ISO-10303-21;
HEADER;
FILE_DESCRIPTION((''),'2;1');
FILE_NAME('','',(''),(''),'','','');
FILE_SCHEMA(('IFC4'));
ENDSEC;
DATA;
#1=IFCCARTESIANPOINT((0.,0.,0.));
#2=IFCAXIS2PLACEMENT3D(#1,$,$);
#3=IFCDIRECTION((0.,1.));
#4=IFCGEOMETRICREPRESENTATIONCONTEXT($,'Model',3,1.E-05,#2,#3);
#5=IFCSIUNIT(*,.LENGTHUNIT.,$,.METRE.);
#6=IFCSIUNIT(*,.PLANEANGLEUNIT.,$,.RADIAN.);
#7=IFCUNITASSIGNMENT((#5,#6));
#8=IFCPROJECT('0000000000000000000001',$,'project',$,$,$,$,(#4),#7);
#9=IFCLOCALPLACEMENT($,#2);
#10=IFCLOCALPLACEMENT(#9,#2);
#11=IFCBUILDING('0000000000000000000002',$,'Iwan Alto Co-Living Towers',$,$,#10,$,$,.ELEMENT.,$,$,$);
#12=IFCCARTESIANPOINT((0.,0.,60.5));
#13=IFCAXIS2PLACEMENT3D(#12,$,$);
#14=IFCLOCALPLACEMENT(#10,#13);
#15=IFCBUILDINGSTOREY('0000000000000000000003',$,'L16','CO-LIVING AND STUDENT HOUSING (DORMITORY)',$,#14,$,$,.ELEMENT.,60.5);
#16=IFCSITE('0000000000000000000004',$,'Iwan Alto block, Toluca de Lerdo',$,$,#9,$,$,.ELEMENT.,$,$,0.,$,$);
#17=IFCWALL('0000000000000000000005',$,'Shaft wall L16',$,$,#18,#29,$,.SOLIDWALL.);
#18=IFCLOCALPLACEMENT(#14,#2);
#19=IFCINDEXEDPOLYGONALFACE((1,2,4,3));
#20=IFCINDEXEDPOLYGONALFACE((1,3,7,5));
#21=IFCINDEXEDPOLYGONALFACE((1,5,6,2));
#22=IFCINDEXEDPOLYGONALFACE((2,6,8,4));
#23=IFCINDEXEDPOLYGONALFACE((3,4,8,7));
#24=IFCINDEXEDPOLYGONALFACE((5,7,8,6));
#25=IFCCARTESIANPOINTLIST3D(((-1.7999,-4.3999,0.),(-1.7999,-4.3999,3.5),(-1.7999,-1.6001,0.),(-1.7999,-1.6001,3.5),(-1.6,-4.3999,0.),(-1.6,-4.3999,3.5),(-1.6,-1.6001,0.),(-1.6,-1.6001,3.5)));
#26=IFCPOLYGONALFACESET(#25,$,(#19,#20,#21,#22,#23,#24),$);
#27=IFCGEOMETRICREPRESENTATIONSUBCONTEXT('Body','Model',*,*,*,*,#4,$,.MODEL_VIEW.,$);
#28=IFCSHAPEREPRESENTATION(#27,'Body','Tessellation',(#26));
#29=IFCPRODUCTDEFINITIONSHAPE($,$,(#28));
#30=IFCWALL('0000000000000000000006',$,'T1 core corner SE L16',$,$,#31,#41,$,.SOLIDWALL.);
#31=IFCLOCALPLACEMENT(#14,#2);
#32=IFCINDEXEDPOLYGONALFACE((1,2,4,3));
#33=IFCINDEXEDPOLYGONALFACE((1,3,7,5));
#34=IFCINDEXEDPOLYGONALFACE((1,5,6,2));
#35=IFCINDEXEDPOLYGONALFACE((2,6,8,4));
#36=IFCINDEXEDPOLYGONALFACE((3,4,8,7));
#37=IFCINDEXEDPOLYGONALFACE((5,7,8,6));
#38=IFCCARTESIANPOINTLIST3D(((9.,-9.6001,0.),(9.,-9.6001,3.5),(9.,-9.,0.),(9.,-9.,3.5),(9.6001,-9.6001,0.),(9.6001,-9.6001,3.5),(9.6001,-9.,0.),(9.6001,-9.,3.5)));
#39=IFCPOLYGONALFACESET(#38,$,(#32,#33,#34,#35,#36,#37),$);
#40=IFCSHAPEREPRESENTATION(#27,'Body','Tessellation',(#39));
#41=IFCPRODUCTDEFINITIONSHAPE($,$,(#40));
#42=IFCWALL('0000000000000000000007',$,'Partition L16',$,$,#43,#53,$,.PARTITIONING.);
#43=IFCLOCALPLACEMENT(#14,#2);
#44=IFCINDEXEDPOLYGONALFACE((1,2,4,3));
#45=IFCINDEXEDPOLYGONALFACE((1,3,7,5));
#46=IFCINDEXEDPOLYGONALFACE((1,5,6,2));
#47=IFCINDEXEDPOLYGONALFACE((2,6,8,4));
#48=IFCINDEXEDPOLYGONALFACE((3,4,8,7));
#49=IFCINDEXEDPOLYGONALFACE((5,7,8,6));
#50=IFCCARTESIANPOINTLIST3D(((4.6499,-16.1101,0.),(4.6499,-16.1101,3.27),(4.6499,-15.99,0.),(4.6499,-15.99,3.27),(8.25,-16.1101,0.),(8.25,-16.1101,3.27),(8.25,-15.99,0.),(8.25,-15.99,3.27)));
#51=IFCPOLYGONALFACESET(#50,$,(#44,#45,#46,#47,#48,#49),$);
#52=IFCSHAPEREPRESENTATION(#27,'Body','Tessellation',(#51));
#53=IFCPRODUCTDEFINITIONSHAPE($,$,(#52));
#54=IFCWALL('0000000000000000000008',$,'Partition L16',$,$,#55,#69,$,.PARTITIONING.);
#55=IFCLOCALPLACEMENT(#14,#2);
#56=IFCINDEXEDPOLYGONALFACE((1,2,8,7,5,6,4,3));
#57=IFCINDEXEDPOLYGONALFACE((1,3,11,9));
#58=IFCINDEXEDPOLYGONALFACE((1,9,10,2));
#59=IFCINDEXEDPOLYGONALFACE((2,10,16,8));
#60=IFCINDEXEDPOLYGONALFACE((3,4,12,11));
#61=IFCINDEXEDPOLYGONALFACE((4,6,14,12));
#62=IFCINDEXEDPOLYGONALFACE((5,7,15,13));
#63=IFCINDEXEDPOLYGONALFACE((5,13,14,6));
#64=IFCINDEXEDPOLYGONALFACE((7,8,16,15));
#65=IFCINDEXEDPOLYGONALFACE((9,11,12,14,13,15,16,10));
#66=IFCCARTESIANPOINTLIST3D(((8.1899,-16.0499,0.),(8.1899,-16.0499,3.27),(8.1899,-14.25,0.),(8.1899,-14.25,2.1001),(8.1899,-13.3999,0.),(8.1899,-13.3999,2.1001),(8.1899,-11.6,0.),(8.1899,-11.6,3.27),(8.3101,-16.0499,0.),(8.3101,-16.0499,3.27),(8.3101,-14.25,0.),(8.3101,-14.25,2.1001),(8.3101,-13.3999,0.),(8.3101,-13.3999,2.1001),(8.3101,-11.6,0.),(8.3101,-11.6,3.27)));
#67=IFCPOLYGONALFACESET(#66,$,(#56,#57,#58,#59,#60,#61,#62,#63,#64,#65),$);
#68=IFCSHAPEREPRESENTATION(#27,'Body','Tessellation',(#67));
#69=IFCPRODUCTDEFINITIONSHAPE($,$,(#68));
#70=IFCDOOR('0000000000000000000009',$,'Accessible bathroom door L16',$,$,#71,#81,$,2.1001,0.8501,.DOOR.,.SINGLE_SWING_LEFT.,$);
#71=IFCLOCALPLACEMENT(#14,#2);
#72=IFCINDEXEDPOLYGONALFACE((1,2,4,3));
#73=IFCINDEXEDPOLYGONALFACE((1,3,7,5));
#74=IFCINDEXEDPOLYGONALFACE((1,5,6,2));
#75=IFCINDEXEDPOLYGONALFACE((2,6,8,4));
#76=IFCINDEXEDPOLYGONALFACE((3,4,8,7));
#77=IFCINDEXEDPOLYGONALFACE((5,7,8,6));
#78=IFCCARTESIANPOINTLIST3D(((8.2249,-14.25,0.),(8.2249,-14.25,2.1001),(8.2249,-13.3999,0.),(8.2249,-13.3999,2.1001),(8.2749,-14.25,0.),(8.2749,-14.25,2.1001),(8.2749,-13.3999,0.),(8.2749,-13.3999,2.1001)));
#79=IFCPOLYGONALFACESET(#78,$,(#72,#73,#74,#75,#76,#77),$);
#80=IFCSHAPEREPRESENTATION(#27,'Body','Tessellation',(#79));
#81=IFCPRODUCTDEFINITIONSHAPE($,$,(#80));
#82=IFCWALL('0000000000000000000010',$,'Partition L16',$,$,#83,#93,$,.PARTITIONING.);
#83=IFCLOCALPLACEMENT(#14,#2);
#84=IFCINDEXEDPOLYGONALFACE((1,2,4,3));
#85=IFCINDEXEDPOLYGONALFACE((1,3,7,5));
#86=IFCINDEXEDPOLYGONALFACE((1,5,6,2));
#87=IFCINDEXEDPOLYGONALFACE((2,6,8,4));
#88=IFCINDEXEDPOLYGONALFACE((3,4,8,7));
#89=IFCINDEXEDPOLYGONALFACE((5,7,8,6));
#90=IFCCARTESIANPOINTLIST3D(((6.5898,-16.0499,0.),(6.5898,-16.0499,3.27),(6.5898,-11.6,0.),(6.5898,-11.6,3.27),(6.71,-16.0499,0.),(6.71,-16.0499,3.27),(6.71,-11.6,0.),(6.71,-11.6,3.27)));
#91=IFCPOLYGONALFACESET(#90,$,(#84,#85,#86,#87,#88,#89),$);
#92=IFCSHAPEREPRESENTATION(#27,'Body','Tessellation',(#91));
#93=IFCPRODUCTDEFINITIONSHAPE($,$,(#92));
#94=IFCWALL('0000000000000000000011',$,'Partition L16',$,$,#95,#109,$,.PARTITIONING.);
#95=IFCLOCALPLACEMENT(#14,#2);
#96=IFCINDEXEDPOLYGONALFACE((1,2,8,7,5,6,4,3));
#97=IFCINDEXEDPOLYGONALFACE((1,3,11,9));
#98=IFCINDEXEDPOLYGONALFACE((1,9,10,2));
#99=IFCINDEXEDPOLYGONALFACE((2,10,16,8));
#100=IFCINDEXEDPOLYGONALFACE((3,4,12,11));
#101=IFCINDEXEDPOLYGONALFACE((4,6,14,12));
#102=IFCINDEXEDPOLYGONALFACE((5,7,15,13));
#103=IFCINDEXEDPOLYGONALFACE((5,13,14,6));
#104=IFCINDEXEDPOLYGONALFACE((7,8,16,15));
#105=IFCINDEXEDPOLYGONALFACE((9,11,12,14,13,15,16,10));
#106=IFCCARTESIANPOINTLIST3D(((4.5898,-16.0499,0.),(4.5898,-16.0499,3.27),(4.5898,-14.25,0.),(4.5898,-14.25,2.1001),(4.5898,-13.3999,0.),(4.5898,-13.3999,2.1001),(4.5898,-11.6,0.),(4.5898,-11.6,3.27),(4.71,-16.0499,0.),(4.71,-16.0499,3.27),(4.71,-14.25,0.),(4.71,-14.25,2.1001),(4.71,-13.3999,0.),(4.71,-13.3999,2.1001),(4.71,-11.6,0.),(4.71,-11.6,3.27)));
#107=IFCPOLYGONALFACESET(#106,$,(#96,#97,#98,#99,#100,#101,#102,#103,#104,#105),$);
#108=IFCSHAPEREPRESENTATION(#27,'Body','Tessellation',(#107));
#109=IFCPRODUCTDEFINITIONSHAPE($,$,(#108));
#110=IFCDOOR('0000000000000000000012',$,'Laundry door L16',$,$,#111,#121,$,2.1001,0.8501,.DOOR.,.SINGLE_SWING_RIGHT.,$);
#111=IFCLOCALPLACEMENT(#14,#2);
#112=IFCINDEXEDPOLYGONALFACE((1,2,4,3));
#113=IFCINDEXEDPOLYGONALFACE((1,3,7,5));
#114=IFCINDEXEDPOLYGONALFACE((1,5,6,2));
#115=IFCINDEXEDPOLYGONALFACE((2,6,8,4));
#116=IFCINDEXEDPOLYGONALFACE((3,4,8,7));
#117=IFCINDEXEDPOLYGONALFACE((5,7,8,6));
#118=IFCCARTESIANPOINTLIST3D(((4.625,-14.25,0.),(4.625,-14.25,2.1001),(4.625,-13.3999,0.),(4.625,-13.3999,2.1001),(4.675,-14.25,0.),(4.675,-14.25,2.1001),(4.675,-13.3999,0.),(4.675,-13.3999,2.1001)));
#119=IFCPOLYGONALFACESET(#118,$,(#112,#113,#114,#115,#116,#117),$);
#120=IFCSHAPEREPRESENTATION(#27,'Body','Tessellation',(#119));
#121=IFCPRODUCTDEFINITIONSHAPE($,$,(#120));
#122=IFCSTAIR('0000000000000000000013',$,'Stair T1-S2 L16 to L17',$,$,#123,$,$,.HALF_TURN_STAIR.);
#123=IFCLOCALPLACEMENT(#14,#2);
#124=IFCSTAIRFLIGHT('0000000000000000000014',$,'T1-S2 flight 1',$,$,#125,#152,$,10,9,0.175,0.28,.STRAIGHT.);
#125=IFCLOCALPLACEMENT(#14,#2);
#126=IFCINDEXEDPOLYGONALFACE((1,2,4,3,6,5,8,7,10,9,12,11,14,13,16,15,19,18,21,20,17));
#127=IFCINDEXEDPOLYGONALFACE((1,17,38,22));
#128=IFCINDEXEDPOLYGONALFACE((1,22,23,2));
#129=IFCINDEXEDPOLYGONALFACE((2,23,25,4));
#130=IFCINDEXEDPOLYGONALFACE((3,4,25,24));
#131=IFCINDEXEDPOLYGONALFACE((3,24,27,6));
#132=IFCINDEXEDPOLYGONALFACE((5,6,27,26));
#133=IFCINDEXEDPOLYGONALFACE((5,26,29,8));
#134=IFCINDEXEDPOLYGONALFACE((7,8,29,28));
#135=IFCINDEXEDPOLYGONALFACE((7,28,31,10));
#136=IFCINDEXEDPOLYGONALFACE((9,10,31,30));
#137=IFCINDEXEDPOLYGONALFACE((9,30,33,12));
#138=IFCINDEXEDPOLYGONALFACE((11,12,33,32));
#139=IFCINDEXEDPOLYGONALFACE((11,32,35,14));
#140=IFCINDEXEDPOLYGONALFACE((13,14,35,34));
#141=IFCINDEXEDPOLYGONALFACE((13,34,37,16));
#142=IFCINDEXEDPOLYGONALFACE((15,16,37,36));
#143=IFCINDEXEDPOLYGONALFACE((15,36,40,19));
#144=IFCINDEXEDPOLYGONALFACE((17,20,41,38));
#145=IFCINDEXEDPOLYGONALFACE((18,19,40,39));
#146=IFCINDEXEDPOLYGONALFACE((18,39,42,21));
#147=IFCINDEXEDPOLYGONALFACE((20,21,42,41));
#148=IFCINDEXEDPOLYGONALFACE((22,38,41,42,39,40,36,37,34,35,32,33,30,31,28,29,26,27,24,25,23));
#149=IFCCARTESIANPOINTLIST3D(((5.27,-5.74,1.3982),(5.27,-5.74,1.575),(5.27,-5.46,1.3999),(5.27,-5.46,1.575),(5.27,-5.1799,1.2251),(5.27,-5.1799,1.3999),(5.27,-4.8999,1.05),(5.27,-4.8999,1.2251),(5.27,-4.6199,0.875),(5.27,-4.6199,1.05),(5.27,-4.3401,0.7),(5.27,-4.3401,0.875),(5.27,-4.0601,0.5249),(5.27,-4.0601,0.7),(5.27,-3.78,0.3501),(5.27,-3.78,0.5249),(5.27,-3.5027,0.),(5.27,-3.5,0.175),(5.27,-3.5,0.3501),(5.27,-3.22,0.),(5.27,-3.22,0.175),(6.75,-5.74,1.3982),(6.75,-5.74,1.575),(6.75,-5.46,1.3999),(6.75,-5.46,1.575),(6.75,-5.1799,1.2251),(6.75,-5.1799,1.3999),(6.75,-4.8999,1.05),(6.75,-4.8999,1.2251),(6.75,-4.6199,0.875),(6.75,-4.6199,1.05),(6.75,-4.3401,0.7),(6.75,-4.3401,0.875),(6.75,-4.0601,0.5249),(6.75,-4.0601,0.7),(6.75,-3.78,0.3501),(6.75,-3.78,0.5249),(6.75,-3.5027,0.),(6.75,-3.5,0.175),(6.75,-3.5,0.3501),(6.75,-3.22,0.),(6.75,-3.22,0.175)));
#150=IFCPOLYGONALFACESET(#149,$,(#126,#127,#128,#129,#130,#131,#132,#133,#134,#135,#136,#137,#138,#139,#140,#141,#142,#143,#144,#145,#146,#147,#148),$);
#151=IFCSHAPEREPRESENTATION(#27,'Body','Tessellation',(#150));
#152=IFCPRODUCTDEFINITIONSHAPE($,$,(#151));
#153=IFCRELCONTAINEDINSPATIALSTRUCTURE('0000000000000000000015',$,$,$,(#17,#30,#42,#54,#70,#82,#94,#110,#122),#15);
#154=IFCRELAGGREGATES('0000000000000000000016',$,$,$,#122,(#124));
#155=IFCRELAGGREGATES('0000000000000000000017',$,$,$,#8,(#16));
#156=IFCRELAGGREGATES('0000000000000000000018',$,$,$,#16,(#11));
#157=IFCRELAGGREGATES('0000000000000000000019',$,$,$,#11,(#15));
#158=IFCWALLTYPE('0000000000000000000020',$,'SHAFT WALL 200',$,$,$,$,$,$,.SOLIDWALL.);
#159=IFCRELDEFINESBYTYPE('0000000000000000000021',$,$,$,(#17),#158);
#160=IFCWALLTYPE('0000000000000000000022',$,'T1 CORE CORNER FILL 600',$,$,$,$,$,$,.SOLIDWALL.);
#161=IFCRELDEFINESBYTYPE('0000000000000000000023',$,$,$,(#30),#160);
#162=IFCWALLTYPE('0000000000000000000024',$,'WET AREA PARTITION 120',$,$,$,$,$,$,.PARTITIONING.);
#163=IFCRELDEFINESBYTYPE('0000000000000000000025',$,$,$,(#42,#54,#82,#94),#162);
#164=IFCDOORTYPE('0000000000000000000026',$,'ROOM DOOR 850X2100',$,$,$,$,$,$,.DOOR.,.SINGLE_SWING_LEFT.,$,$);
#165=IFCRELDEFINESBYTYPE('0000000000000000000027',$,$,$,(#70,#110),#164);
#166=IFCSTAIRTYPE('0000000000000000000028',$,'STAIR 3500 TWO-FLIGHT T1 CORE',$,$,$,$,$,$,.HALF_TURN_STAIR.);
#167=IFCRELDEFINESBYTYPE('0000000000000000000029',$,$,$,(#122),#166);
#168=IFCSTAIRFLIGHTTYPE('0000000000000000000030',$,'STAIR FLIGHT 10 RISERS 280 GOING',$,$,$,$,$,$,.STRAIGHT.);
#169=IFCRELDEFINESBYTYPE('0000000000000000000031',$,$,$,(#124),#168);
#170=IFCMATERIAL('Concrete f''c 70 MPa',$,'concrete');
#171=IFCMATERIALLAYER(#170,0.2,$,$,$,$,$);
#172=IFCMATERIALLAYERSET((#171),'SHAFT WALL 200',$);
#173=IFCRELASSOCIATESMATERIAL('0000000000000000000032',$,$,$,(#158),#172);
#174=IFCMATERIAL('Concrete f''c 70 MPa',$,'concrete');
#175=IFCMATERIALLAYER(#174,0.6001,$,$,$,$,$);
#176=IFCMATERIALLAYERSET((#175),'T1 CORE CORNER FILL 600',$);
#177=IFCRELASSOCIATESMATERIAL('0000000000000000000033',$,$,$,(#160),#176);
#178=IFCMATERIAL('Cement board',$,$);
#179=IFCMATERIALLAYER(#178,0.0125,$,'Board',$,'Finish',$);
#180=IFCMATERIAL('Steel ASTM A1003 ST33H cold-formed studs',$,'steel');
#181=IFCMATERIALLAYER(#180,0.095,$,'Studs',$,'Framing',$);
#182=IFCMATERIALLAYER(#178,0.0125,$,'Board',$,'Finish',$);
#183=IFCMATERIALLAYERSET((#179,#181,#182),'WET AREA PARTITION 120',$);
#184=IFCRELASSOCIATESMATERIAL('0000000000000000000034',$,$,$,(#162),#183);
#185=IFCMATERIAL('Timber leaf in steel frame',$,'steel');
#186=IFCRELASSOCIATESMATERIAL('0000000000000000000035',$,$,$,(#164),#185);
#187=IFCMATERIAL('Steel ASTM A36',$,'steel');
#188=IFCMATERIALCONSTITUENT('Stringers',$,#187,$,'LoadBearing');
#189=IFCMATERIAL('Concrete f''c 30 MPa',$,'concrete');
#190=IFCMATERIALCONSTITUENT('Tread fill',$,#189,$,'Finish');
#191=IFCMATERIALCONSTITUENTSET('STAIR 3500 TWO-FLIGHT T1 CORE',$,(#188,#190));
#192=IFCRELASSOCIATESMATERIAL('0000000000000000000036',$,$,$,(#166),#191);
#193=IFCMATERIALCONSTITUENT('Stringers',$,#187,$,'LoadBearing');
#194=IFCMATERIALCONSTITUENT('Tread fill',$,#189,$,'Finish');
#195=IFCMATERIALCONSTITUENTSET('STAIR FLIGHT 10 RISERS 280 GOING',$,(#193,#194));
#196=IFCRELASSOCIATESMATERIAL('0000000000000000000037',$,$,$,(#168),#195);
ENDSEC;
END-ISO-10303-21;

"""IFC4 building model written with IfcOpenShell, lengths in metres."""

from ifc_helpers import new_model, si_unit, direction, frame, frame_2d, origin, place, context, subcontext, project, spatial, polyline, rectangle, outline, extrude, material, layer, layer_set, constituent, constituent_set, type_object, element, fill, aggregate, save


model = new_model("IFC4")

# Units and contexts
model_context = context("Model", 3, precision=1e-05, world=origin(), true_north=direction((0.0, 1.0)))
body_context = subcontext(model_context, "Body", "Model", "MODEL_VIEW")
ifc_project = project(units=[si_unit("LENGTHUNIT", "METRE"), si_unit("PLANEANGLEUNIT", "RADIAN")], contexts=[model_context])

# Site, building, storey
site_placement = place(None, origin())
site = spatial("IfcSite", under=ifc_project, at=site_placement, Name="Iwan Alto block, Toluca de Lerdo", CompositionType="ELEMENT", RefElevation=0.0)
building_placement = place(site_placement, origin())
building = spatial("IfcBuilding", under=site, at=building_placement, Name="Iwan Alto Co-Living Towers", CompositionType="ELEMENT")
storey_placement = place(building_placement, frame((0.0, 0.0, 60.5)))
storey = spatial("IfcBuildingStorey", under=building, at=storey_placement, Name="L16", Description="CO-LIVING AND STUDENT HOUSING (DORMITORY)", CompositionType="ELEMENT", Elevation=60.5)

# Shared definitions
ifc_material_1 = material(Name="Steel ASTM A1003 ST33H cold-formed studs", Category="steel")

# Shared definitions
ifc_material_2 = material(Name="Concrete f'c 70 MPa", Category="concrete")
ifc_layer_1 = layer(ifc_material_2, 0.2)
ifc_layer_set_1 = layer_set([ifc_layer_1], Name="SHAFT WALL 200")
wall_type_1 = type_object("IfcWallType", Name="SHAFT WALL 200", PredefinedType="SOLIDWALL", material=ifc_layer_set_1)

# Walls
wall_1_placement = place(storey_placement, frame((-1.7, -4.3999, 0.0), z_axis=(0.0, 0.0, 1.0), x_axis=(0.0, 1.0, 0.0)))
element("IfcWall", 1, at=wall_1_placement, inside=storey, type_object=wall_type_1, Name="Shaft wall L16", PredefinedType="SOLIDWALL", context=body_context, shape_type="SweptSolid", body=[
    extrude(rectangle(XDim=2.7998, YDim=0.2, at=frame_2d((1.3999, 0.0))), origin(), (0.0, 0.0, 1.0), 3.5),
])
ifc_material_3 = material(Name="Concrete f'c 70 MPa", Category="concrete")
ifc_layer_2 = layer(ifc_material_3, 0.6001)
ifc_layer_set_2 = layer_set([ifc_layer_2], Name="T1 CORE CORNER FILL 600")
wall_type_2 = type_object("IfcWallType", Name="T1 CORE CORNER FILL 600", PredefinedType="SOLIDWALL", material=ifc_layer_set_2)
wall_2_placement = place(storey_placement, frame((9.0, -9.3, 0.0), z_axis=(0.0, 0.0, 1.0), x_axis=(1.0, 0.0, 0.0)))
element("IfcWall", 2, at=wall_2_placement, inside=storey, type_object=wall_type_2, Name="T1 core corner SE L16", PredefinedType="SOLIDWALL", context=body_context, shape_type="SweptSolid", body=[
    extrude(rectangle(XDim=0.6001, YDim=0.6001, at=frame_2d((0.3, 0.0))), origin(), (0.0, 0.0, 1.0), 3.5),
])
ifc_material_4 = material(Name="Cement board")
ifc_layer_3 = layer(ifc_material_4, 0.0125, Name="Board", Category="Finish")
ifc_layer_4 = layer(ifc_material_1, 0.095, Name="Studs", Category="Framing")
ifc_layer_5 = layer(ifc_material_4, 0.0125, Name="Board", Category="Finish")
ifc_layer_set_3 = layer_set([ifc_layer_3, ifc_layer_4, ifc_layer_5], Name="WET AREA PARTITION 120")
wall_type_3 = type_object("IfcWallType", Name="WET AREA PARTITION 120", PredefinedType="PARTITIONING", material=ifc_layer_set_3)
wall_3_placement = place(storey_placement, frame((4.6499, -16.05, 0.0), z_axis=(0.0, 0.0, 1.0), x_axis=(1.0, 0.0, 0.0)))
element("IfcWall", 3, at=wall_3_placement, inside=storey, type_object=wall_type_3, Name="Partition L16", PredefinedType="PARTITIONING", context=body_context, shape_type="SweptSolid", body=[
    extrude(rectangle(XDim=3.6001, YDim=0.1201, at=frame_2d((1.8, 0.0))), origin(), (0.0, 0.0, 1.0), 3.27),
])

# Wall, opening, door
wall_4_placement = place(storey_placement, frame((8.25, -16.05, 0.0), z_axis=(0.0, 0.0, 1.0), x_axis=(0.0, 1.0, 0.0)))
wall_4 = element("IfcWall", 4, at=wall_4_placement, inside=storey, type_object=wall_type_3, Name="Partition L16", PredefinedType="PARTITIONING", context=body_context, shape_type="SweptSolid", body=[
    extrude(rectangle(XDim=4.45, YDim=0.1201, at=frame_2d((2.2251, 0.0))), origin(), (0.0, 0.0, 1.0), 3.27),
])
opening_1_placement = place(wall_4_placement, frame((1.8, 0.0, 0.0)))
opening_1 = element("IfcOpeningElement", 5, at=opening_1_placement, cuts=wall_4, PredefinedType="OPENING", context=body_context, shape_type="SweptSolid", body=[
    extrude(rectangle(XDim=0.8501, YDim=2.1001, at=frame_2d((0.425, 1.05))), frame((0.0, 0.0701, 0.0), z_axis=(0.0, -1.0, 0.0), x_axis=(1.0, 0.0, 0.0)), (0.0, 0.0, 1.0), 0.1401),
])
ifc_material_5 = material(Name="Timber leaf in steel frame", Category="steel")
door_type_1 = type_object("IfcDoorType", Name="ROOM DOOR 850X2100", OperationType="SINGLE_SWING_LEFT", PredefinedType="DOOR", material=ifc_material_5)
door_1_placement = place(opening_1_placement, frame((0.8501, 0.0, 0.0), z_axis=(0.0, 0.0, 1.0), x_axis=(-1.0, 0.0, 0.0)))
door_1 = element("IfcDoor", 6, at=door_1_placement, inside=storey, type_object=door_type_1, Name="Accessible bathroom door L16", OperationType="SINGLE_SWING_LEFT", OverallHeight=2.1001, OverallWidth=0.8501, PredefinedType="DOOR", context=body_context, shape_type="SweptSolid", body=[
    extrude(rectangle(XDim=0.8501, YDim=2.1001, at=frame_2d((0.425, 1.05))), frame((0.0, 0.0249, 0.0), z_axis=(0.0, -1.0, 0.0), x_axis=(1.0, 0.0, 0.0)), (0.0, 0.0, 1.0), 0.05),
])
fill(opening_1, door_1)

# Wall
wall_5_placement = place(storey_placement, frame((6.6499, -16.05, 0.0), z_axis=(0.0, 0.0, 1.0), x_axis=(0.0, 1.0, 0.0)))
element("IfcWall", 7, at=wall_5_placement, inside=storey, type_object=wall_type_3, Name="Partition L16", PredefinedType="PARTITIONING", context=body_context, shape_type="SweptSolid", body=[
    extrude(rectangle(XDim=4.45, YDim=0.1201, at=frame_2d((2.2251, 0.0))), origin(), (0.0, 0.0, 1.0), 3.27),
])

# Wall, opening, door
wall_6_placement = place(storey_placement, frame((4.6499, -16.05, 0.0), z_axis=(0.0, 0.0, 1.0), x_axis=(0.0, 1.0, 0.0)))
wall_6 = element("IfcWall", 8, at=wall_6_placement, inside=storey, type_object=wall_type_3, Name="Partition L16", PredefinedType="PARTITIONING", context=body_context, shape_type="SweptSolid", body=[
    extrude(rectangle(XDim=4.45, YDim=0.1201, at=frame_2d((2.2251, 0.0))), origin(), (0.0, 0.0, 1.0), 3.27),
])
opening_2_placement = place(wall_6_placement, frame((1.8, 0.0, 0.0)))
opening_2 = element("IfcOpeningElement", 9, at=opening_2_placement, cuts=wall_6, PredefinedType="OPENING", context=body_context, shape_type="SweptSolid", body=[
    extrude(rectangle(XDim=0.8501, YDim=2.1001, at=frame_2d((0.425, 1.05))), frame((0.0, 0.0701, 0.0), z_axis=(0.0, -1.0, 0.0), x_axis=(1.0, 0.0, 0.0)), (0.0, 0.0, 1.0), 0.1401),
])
door_2_placement = place(opening_2_placement, origin())
door_2 = element("IfcDoor", 10, at=door_2_placement, inside=storey, type_object=door_type_1, Name="Laundry door L16", OperationType="SINGLE_SWING_RIGHT", OverallHeight=2.1001, OverallWidth=0.8501, PredefinedType="DOOR", context=body_context, shape_type="SweptSolid", body=[
    extrude(rectangle(XDim=0.8501, YDim=2.1001, at=frame_2d((0.425, 1.05))), frame((0.0, 0.0249, 0.0), z_axis=(0.0, -1.0, 0.0), x_axis=(1.0, 0.0, 0.0)), (0.0, 0.0, 1.0), 0.05),
])
fill(opening_2, door_2)

# Stair, stair flight
ifc_material_6 = material(Name="Steel ASTM A36", Category="steel")
ifc_constituent_1 = constituent(ifc_material_6, Name="Stringers", Category="LoadBearing")
ifc_material_7 = material(Name="Concrete f'c 30 MPa", Category="concrete")
ifc_constituent_2 = constituent(ifc_material_7, Name="Tread fill", Category="Finish")
ifc_constituent_set_1 = constituent_set(constituents=[ifc_constituent_1, ifc_constituent_2], Name="STAIR 3500 TWO-FLIGHT T1 CORE")
stair_type = type_object("IfcStairType", Name="STAIR 3500 TWO-FLIGHT T1 CORE", PredefinedType="HALF_TURN_STAIR", material=ifc_constituent_set_1)
stair_placement = place(storey_placement, origin())
stair = element("IfcStair", 11, at=stair_placement, inside=storey, type_object=stair_type, Name="Stair T1-S2 L16 to L17", PredefinedType="HALF_TURN_STAIR")
ifc_constituent_3 = constituent(ifc_material_6, Name="Stringers", Category="LoadBearing")
ifc_constituent_4 = constituent(ifc_material_7, Name="Tread fill", Category="Finish")
ifc_constituent_set_2 = constituent_set(constituents=[ifc_constituent_3, ifc_constituent_4], Name="STAIR FLIGHT 10 RISERS 280 GOING")
stair_flight_type = type_object("IfcStairFlightType", Name="STAIR FLIGHT 10 RISERS 280 GOING", PredefinedType="STRAIGHT", material=ifc_constituent_set_2)
stair_flight_1_placement = place(storey_placement, frame((6.01, -3.22, 0.0), z_axis=(0.0, 0.0, 1.0), x_axis=(0.0, -1.0, 0.0)))
stair_flight_1 = element("IfcStairFlight", 12, at=stair_flight_1_placement, type_object=stair_flight_type, Name="T1-S2 flight 1", NumberOfRisers=10, NumberOfTreads=9, PredefinedType="STRAIGHT", RiserHeight=0.175, TreadLength=0.28, context=body_context, shape_type="SweptSolid", body=[
    extrude(outline(polyline([(0.0, 0.0), (0.0, 0.175), (0.28, 0.175), (0.28, 0.3501), (0.5601, 0.3501), (0.5601, 0.5249), (0.8401, 0.5249), (0.8401, 0.7), (1.1201, 0.7), (1.1201, 0.875), (1.3999, 0.875), (1.3999, 1.05), (1.6799, 1.05), (1.6799, 1.2251), (1.96, 1.2251), (1.96, 1.3999), (2.24, 1.3999), (2.24, 1.575), (2.52, 1.575), (2.52, 1.75), (2.52, 1.3982), (0.2827, 0.0), (0.0, 0.0)])), frame((0.0, 0.74, 0.0), z_axis=(0.0, -1.0, 0.0), x_axis=(1.0, 0.0, 0.0)), (0.0, 0.0, 1.0), 1.48),
])
aggregate(stair, [stair_flight_1])

save(model, "model.ifc")
